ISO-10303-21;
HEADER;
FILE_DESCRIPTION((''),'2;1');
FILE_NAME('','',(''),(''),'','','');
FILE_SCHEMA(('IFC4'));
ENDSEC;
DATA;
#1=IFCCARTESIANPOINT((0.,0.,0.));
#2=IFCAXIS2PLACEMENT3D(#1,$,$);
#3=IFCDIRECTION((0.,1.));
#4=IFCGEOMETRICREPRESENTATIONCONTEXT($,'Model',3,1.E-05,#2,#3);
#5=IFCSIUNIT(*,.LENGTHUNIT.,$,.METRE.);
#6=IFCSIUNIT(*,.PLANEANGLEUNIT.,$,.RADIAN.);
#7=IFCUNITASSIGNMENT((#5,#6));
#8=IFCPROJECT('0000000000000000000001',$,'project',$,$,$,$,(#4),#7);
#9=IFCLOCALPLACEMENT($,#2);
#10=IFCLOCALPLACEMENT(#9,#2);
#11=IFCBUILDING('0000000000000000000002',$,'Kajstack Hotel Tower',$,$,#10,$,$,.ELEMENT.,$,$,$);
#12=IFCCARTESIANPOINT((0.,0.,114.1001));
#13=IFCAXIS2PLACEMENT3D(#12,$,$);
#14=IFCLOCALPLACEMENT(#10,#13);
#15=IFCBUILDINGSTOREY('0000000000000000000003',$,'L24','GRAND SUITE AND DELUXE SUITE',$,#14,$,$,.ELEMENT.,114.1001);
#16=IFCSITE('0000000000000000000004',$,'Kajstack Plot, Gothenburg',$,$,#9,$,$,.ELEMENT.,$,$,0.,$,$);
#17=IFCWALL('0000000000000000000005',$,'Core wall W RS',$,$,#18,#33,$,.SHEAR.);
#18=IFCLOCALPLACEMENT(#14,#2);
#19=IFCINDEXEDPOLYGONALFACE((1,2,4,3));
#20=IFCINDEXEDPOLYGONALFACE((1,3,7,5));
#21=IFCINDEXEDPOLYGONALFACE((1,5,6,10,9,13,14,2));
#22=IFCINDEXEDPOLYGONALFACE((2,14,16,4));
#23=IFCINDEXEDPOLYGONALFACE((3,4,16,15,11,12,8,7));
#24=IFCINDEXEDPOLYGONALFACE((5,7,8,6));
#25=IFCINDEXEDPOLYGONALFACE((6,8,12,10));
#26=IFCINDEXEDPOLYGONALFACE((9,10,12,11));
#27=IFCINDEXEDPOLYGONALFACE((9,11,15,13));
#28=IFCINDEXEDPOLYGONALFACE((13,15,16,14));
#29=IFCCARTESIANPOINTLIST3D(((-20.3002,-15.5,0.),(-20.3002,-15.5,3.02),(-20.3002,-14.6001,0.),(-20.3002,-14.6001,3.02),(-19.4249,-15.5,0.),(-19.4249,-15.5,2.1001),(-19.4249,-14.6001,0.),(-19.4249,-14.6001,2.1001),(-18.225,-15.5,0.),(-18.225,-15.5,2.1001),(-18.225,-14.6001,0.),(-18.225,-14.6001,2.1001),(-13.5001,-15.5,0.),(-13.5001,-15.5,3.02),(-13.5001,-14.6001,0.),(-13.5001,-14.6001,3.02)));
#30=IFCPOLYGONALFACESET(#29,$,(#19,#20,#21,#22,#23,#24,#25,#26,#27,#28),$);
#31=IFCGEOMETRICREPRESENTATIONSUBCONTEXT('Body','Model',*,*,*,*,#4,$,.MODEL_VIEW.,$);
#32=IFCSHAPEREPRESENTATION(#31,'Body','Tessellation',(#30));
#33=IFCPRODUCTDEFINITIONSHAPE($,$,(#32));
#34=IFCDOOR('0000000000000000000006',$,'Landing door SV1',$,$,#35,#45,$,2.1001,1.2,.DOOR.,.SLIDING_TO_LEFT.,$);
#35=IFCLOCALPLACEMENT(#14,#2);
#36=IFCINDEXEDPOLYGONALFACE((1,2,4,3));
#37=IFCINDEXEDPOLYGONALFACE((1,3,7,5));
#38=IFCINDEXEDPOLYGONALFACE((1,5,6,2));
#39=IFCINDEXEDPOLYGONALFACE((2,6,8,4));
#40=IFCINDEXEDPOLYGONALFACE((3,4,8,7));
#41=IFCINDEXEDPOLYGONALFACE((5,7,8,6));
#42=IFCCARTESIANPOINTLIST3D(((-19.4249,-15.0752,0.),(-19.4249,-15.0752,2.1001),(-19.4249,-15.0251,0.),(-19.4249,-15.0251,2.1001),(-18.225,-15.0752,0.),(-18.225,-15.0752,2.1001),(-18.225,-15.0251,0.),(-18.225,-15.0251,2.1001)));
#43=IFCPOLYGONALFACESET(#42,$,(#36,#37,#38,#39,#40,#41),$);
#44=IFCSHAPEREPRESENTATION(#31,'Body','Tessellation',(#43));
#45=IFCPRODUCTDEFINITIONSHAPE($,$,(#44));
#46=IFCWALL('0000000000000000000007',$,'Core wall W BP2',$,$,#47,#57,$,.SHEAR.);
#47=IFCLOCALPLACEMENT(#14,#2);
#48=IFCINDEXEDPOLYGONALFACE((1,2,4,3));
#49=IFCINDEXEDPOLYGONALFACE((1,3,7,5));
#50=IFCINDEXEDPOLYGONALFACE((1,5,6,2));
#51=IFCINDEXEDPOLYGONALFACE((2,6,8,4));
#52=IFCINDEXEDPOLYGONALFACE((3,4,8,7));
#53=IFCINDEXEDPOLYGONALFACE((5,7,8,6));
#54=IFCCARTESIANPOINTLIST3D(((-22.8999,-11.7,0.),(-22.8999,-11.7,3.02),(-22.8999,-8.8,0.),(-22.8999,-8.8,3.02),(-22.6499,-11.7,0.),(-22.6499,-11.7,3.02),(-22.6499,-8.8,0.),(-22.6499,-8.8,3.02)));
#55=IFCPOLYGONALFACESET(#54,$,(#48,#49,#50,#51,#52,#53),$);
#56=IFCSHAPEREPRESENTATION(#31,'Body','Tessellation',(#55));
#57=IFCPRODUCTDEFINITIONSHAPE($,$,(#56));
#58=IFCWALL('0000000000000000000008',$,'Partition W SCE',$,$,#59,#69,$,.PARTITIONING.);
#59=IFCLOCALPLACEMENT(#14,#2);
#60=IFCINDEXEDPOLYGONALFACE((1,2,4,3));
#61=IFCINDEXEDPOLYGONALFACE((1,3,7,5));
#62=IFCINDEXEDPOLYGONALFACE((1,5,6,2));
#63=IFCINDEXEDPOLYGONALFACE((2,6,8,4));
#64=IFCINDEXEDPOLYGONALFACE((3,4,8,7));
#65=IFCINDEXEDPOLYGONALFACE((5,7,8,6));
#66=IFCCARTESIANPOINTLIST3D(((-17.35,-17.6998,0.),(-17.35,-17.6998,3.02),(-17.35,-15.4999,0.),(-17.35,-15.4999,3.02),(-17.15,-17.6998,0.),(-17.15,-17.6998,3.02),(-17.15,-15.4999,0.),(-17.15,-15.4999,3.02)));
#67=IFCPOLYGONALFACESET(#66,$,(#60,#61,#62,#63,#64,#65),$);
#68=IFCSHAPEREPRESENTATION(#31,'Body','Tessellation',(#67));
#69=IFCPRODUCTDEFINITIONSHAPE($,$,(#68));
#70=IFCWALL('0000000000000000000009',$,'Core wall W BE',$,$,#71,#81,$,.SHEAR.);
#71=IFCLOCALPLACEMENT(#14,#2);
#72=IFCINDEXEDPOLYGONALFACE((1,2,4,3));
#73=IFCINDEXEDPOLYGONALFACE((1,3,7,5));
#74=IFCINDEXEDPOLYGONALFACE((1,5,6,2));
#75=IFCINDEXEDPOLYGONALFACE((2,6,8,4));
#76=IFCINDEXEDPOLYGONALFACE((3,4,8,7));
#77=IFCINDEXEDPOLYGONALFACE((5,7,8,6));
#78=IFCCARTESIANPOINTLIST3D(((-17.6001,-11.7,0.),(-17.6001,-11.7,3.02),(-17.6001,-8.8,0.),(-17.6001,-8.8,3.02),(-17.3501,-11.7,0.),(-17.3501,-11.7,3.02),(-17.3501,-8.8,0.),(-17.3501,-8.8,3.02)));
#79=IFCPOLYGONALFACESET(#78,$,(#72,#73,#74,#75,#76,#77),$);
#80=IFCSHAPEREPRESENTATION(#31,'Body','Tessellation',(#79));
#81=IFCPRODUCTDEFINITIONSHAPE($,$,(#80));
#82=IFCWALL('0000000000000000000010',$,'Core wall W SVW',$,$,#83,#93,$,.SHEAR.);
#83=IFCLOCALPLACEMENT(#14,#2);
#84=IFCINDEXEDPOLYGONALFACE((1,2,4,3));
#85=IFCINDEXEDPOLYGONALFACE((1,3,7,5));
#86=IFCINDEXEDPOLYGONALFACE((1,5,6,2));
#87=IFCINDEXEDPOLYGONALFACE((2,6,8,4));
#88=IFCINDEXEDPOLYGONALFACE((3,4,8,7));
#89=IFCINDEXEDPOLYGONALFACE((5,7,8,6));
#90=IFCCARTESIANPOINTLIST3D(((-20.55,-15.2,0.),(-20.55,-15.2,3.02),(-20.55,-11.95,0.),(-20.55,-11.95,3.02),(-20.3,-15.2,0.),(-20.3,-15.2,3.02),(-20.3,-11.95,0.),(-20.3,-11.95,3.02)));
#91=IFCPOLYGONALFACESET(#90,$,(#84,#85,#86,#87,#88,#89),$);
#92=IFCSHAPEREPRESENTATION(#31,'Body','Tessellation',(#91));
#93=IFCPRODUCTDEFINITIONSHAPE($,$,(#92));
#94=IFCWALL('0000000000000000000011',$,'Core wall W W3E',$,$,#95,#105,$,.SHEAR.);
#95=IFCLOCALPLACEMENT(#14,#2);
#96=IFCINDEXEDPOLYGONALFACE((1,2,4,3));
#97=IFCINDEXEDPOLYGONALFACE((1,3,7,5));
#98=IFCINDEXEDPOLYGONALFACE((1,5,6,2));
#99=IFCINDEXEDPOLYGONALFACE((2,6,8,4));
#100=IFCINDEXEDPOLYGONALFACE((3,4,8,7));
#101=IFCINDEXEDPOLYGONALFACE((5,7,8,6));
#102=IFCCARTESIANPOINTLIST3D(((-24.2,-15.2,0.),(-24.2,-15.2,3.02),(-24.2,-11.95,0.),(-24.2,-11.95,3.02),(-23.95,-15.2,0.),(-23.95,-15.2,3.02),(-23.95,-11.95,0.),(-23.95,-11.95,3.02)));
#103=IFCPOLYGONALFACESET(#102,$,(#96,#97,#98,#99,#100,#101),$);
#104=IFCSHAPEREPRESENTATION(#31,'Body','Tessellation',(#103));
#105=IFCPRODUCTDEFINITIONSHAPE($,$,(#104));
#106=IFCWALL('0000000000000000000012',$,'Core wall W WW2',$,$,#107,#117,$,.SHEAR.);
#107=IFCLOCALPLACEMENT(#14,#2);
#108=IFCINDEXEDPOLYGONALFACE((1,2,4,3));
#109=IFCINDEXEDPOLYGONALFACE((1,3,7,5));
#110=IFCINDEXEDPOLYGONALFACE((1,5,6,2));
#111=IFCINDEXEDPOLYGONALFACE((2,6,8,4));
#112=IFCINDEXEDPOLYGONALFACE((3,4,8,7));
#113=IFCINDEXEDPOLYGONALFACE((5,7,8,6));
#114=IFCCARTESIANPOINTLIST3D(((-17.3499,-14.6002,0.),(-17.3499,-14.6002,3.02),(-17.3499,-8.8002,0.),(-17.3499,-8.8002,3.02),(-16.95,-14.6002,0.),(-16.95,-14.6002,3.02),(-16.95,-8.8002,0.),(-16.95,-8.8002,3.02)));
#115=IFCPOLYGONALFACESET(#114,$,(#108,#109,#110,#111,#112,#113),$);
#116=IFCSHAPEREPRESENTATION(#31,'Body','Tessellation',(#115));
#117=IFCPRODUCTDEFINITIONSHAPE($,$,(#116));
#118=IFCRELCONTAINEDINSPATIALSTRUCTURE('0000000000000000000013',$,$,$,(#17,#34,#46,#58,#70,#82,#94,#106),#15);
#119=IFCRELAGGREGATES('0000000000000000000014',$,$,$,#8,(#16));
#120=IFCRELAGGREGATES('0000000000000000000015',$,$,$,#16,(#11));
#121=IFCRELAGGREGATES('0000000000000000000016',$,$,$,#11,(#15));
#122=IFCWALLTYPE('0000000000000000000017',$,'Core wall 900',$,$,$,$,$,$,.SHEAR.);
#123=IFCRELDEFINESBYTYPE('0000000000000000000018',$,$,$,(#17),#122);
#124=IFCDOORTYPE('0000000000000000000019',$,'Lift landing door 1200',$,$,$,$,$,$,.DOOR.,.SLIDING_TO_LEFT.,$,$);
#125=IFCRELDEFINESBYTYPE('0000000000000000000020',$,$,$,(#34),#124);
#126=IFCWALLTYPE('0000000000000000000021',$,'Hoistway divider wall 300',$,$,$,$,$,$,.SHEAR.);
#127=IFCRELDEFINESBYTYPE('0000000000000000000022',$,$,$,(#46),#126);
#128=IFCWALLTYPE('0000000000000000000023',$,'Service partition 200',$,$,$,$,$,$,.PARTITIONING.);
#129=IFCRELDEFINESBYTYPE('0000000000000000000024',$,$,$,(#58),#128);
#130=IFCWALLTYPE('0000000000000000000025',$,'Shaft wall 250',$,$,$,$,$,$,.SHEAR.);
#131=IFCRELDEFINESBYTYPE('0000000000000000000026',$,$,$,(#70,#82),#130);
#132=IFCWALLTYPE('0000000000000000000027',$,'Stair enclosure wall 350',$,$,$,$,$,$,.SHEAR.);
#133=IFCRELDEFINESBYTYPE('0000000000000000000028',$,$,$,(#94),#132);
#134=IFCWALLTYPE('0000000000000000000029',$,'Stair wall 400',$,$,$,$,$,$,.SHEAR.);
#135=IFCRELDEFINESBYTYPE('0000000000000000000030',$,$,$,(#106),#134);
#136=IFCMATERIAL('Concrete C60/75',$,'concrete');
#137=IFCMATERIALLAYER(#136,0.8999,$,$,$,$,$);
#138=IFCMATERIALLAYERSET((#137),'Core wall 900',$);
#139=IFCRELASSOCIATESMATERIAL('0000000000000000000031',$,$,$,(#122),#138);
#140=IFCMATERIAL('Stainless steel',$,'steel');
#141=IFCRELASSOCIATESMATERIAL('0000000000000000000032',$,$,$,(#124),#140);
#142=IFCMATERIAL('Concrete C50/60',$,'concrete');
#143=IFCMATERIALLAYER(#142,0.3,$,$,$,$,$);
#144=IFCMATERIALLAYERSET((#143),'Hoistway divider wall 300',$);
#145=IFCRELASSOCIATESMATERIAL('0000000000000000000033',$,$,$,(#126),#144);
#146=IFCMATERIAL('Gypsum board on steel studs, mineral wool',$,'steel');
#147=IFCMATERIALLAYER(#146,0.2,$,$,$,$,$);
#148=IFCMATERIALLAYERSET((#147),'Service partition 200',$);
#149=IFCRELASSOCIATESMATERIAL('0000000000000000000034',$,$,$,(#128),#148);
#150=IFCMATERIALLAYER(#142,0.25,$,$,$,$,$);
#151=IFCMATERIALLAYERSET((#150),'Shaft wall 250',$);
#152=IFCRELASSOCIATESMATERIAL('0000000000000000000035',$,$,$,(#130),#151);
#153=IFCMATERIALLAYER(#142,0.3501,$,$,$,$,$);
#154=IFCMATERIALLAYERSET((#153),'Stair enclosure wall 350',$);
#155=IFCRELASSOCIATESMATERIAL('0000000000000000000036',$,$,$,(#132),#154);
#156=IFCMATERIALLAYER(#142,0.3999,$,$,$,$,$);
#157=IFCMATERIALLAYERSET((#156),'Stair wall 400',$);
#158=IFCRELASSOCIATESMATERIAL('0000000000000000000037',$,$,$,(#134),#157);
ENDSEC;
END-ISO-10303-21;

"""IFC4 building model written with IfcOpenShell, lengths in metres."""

from ifc_helpers import new_model, si_unit, direction, frame, frame_2d, origin, place, context, subcontext, project, spatial, rectangle, extrude, material, layer, layer_set, type_object, element, fill, save


model = new_model("IFC4")

# Units and contexts
model_context = context("Model", 3, precision=1e-05, world=origin(), true_north=direction((0.0, 1.0)))
body_context = subcontext(model_context, "Body", "Model", "MODEL_VIEW")
ifc_project = project(units=[si_unit("LENGTHUNIT", "METRE"), si_unit("PLANEANGLEUNIT", "RADIAN")], contexts=[model_context])

# Site, building, storey
site_placement = place(None, origin())
site = spatial("IfcSite", under=ifc_project, at=site_placement, Name="Kajstack Plot, Gothenburg", CompositionType="ELEMENT", RefElevation=0.0)
building_placement = place(site_placement, origin())
building = spatial("IfcBuilding", under=site, at=building_placement, Name="Kajstack Hotel Tower", CompositionType="ELEMENT")
storey_placement = place(building_placement, frame((0.0, 0.0, 114.1001)))
storey = spatial("IfcBuildingStorey", under=building, at=storey_placement, Name="L24", Description="GRAND SUITE AND DELUXE SUITE", CompositionType="ELEMENT", Elevation=114.1001)

# Wall, opening, door
ifc_material_1 = material(Name="Concrete C60/75", Category="concrete")
ifc_layer_1 = layer(ifc_material_1, 0.8999)
ifc_layer_set_1 = layer_set([ifc_layer_1], Name="Core wall 900")
wall_type_1 = type_object("IfcWallType", Name="Core wall 900", PredefinedType="SHEAR", material=ifc_layer_set_1)
wall_1_placement = place(storey_placement, frame((-20.3, -15.05, 0.0), z_axis=(0.0, 0.0, 1.0), x_axis=(1.0, 0.0, 0.0)))
wall_1 = element("IfcWall", 1, at=wall_1_placement, inside=storey, type_object=wall_type_1, Name="Core wall W RS", PredefinedType="SHEAR", context=body_context, shape_type="SweptSolid", body=[
    extrude(rectangle(XDim=6.8, YDim=0.8999, at=frame_2d((3.3999, 0.0))), origin(), (0.0, 0.0, 1.0), 3.02),
])
opening_placement = place(wall_1_placement, frame((0.875, 0.0, 0.0)))
opening = element("IfcOpeningElement", 2, at=opening_placement, cuts=wall_1, PredefinedType="OPENING", context=body_context, shape_type="SweptSolid", body=[
    extrude(rectangle(XDim=1.2, YDim=2.1001, at=frame_2d((0.6001, 1.05))), frame((0.0, 0.46, 0.0), z_axis=(0.0, -1.0, 0.0), x_axis=(1.0, 0.0, 0.0)), (0.0, 0.0, 1.0), 0.9199),
])
ifc_material_2 = material(Name="Stainless steel", Category="steel")
door_type = type_object("IfcDoorType", Name="Lift landing door 1200", OperationType="SLIDING_TO_LEFT", PredefinedType="DOOR", material=ifc_material_2)
door_placement = place(opening_placement, origin())
door = element("IfcDoor", 3, at=door_placement, inside=storey, type_object=door_type, Name="Landing door SV1", OperationType="SLIDING_TO_LEFT", OverallHeight=2.1001, OverallWidth=1.2, PredefinedType="DOOR", context=body_context, shape_type="SweptSolid", body=[
    extrude(rectangle(XDim=1.2, YDim=2.1001, at=frame_2d((0.6001, 1.05))), frame((0.0, 0.0249, 0.0), z_axis=(0.0, -1.0, 0.0), x_axis=(1.0, 0.0, 0.0)), (0.0, 0.0, 1.0), 0.05),
])
fill(opening, door)

# Walls
ifc_material_3 = material(Name="Concrete C50/60", Category="concrete")
ifc_layer_2 = layer(ifc_material_3, 0.3)
ifc_layer_set_2 = layer_set([ifc_layer_2], Name="Hoistway divider wall 300")
wall_type_2 = type_object("IfcWallType", Name="Hoistway divider wall 300", PredefinedType="SHEAR", material=ifc_layer_set_2)
wall_2_placement = place(storey_placement, frame((-22.7749, -11.7, 0.0), z_axis=(0.0, 0.0, 1.0), x_axis=(0.0, 1.0, 0.0)))
element("IfcWall", 4, at=wall_2_placement, inside=storey, type_object=wall_type_2, Name="Core wall W BP2", PredefinedType="SHEAR", context=body_context, shape_type="SweptSolid", body=[
    extrude(rectangle(XDim=2.8999, YDim=0.25, at=frame_2d((1.45, 0.0))), origin(), (0.0, 0.0, 1.0), 3.02),
])
ifc_material_4 = material(Name="Gypsum board on steel studs, mineral wool", Category="steel")
ifc_layer_3 = layer(ifc_material_4, 0.2)
ifc_layer_set_3 = layer_set([ifc_layer_3], Name="Service partition 200")
wall_type_3 = type_object("IfcWallType", Name="Service partition 200", PredefinedType="PARTITIONING", material=ifc_layer_set_3)
wall_3_placement = place(storey_placement, frame((-17.25, -17.7, 0.0), z_axis=(0.0, 0.0, 1.0), x_axis=(0.0, 1.0, 0.0)))
element("IfcWall", 5, at=wall_3_placement, inside=storey, type_object=wall_type_3, Name="Partition W SCE", PredefinedType="PARTITIONING", context=body_context, shape_type="SweptSolid", body=[
    extrude(rectangle(XDim=2.2, YDim=0.2, at=frame_2d((1.1001, 0.0))), origin(), (0.0, 0.0, 1.0), 3.02),
])
ifc_layer_4 = layer(ifc_material_3, 0.25)
ifc_layer_set_4 = layer_set([ifc_layer_4], Name="Shaft wall 250")
wall_type_4 = type_object("IfcWallType", Name="Shaft wall 250", PredefinedType="SHEAR", material=ifc_layer_set_4)
wall_4_placement = place(storey_placement, frame((-17.4751, -11.7, 0.0), z_axis=(0.0, 0.0, 1.0), x_axis=(0.0, 1.0, 0.0)))
element("IfcWall", 6, at=wall_4_placement, inside=storey, type_object=wall_type_4, Name="Core wall W BE", PredefinedType="SHEAR", context=body_context, shape_type="SweptSolid", body=[
    extrude(rectangle(XDim=2.8999, YDim=0.25, at=frame_2d((1.45, 0.0))), origin(), (0.0, 0.0, 1.0), 3.02),
])
wall_5_placement = place(storey_placement, frame((-20.425, -15.2, 0.0), z_axis=(0.0, 0.0, 1.0), x_axis=(0.0, 1.0, 0.0)))
element("IfcWall", 7, at=wall_5_placement, inside=storey, type_object=wall_type_4, Name="Core wall W SVW", PredefinedType="SHEAR", context=body_context, shape_type="SweptSolid", body=[
    extrude(rectangle(XDim=3.25, YDim=0.25, at=frame_2d((1.625, 0.0))), origin(), (0.0, 0.0, 1.0), 3.02),
])
ifc_layer_5 = layer(ifc_material_3, 0.3501)
ifc_layer_set_5 = layer_set([ifc_layer_5], Name="Stair enclosure wall 350")
wall_type_5 = type_object("IfcWallType", Name="Stair enclosure wall 350", PredefinedType="SHEAR", material=ifc_layer_set_5)
wall_6_placement = place(storey_placement, frame((-24.075, -15.2, 0.0), z_axis=(0.0, 0.0, 1.0), x_axis=(0.0, 1.0, 0.0)))
element("IfcWall", 8, at=wall_6_placement, inside=storey, type_object=wall_type_5, Name="Core wall W W3E", PredefinedType="SHEAR", context=body_context, shape_type="SweptSolid", body=[
    extrude(rectangle(XDim=3.25, YDim=0.25, at=frame_2d((1.625, 0.0))), origin(), (0.0, 0.0, 1.0), 3.02),
])
ifc_layer_6 = layer(ifc_material_3, 0.3999)
ifc_layer_set_6 = layer_set([ifc_layer_6], Name="Stair wall 400")
wall_type_6 = type_object("IfcWallType", Name="Stair wall 400", PredefinedType="SHEAR", material=ifc_layer_set_6)
wall_7_placement = place(storey_placement, frame((-17.1499, -14.6001, 0.0), z_axis=(0.0, 0.0, 1.0), x_axis=(0.0, 1.0, 0.0)))
element("IfcWall", 9, at=wall_7_placement, inside=storey, type_object=wall_type_6, Name="Core wall W WW2", PredefinedType="SHEAR", context=body_context, shape_type="SweptSolid", body=[
    extrude(rectangle(XDim=5.8, YDim=0.3999, at=frame_2d((2.8999, 0.0))), origin(), (0.0, 0.0, 1.0), 3.02),
])

save(model, "model.ifc")
